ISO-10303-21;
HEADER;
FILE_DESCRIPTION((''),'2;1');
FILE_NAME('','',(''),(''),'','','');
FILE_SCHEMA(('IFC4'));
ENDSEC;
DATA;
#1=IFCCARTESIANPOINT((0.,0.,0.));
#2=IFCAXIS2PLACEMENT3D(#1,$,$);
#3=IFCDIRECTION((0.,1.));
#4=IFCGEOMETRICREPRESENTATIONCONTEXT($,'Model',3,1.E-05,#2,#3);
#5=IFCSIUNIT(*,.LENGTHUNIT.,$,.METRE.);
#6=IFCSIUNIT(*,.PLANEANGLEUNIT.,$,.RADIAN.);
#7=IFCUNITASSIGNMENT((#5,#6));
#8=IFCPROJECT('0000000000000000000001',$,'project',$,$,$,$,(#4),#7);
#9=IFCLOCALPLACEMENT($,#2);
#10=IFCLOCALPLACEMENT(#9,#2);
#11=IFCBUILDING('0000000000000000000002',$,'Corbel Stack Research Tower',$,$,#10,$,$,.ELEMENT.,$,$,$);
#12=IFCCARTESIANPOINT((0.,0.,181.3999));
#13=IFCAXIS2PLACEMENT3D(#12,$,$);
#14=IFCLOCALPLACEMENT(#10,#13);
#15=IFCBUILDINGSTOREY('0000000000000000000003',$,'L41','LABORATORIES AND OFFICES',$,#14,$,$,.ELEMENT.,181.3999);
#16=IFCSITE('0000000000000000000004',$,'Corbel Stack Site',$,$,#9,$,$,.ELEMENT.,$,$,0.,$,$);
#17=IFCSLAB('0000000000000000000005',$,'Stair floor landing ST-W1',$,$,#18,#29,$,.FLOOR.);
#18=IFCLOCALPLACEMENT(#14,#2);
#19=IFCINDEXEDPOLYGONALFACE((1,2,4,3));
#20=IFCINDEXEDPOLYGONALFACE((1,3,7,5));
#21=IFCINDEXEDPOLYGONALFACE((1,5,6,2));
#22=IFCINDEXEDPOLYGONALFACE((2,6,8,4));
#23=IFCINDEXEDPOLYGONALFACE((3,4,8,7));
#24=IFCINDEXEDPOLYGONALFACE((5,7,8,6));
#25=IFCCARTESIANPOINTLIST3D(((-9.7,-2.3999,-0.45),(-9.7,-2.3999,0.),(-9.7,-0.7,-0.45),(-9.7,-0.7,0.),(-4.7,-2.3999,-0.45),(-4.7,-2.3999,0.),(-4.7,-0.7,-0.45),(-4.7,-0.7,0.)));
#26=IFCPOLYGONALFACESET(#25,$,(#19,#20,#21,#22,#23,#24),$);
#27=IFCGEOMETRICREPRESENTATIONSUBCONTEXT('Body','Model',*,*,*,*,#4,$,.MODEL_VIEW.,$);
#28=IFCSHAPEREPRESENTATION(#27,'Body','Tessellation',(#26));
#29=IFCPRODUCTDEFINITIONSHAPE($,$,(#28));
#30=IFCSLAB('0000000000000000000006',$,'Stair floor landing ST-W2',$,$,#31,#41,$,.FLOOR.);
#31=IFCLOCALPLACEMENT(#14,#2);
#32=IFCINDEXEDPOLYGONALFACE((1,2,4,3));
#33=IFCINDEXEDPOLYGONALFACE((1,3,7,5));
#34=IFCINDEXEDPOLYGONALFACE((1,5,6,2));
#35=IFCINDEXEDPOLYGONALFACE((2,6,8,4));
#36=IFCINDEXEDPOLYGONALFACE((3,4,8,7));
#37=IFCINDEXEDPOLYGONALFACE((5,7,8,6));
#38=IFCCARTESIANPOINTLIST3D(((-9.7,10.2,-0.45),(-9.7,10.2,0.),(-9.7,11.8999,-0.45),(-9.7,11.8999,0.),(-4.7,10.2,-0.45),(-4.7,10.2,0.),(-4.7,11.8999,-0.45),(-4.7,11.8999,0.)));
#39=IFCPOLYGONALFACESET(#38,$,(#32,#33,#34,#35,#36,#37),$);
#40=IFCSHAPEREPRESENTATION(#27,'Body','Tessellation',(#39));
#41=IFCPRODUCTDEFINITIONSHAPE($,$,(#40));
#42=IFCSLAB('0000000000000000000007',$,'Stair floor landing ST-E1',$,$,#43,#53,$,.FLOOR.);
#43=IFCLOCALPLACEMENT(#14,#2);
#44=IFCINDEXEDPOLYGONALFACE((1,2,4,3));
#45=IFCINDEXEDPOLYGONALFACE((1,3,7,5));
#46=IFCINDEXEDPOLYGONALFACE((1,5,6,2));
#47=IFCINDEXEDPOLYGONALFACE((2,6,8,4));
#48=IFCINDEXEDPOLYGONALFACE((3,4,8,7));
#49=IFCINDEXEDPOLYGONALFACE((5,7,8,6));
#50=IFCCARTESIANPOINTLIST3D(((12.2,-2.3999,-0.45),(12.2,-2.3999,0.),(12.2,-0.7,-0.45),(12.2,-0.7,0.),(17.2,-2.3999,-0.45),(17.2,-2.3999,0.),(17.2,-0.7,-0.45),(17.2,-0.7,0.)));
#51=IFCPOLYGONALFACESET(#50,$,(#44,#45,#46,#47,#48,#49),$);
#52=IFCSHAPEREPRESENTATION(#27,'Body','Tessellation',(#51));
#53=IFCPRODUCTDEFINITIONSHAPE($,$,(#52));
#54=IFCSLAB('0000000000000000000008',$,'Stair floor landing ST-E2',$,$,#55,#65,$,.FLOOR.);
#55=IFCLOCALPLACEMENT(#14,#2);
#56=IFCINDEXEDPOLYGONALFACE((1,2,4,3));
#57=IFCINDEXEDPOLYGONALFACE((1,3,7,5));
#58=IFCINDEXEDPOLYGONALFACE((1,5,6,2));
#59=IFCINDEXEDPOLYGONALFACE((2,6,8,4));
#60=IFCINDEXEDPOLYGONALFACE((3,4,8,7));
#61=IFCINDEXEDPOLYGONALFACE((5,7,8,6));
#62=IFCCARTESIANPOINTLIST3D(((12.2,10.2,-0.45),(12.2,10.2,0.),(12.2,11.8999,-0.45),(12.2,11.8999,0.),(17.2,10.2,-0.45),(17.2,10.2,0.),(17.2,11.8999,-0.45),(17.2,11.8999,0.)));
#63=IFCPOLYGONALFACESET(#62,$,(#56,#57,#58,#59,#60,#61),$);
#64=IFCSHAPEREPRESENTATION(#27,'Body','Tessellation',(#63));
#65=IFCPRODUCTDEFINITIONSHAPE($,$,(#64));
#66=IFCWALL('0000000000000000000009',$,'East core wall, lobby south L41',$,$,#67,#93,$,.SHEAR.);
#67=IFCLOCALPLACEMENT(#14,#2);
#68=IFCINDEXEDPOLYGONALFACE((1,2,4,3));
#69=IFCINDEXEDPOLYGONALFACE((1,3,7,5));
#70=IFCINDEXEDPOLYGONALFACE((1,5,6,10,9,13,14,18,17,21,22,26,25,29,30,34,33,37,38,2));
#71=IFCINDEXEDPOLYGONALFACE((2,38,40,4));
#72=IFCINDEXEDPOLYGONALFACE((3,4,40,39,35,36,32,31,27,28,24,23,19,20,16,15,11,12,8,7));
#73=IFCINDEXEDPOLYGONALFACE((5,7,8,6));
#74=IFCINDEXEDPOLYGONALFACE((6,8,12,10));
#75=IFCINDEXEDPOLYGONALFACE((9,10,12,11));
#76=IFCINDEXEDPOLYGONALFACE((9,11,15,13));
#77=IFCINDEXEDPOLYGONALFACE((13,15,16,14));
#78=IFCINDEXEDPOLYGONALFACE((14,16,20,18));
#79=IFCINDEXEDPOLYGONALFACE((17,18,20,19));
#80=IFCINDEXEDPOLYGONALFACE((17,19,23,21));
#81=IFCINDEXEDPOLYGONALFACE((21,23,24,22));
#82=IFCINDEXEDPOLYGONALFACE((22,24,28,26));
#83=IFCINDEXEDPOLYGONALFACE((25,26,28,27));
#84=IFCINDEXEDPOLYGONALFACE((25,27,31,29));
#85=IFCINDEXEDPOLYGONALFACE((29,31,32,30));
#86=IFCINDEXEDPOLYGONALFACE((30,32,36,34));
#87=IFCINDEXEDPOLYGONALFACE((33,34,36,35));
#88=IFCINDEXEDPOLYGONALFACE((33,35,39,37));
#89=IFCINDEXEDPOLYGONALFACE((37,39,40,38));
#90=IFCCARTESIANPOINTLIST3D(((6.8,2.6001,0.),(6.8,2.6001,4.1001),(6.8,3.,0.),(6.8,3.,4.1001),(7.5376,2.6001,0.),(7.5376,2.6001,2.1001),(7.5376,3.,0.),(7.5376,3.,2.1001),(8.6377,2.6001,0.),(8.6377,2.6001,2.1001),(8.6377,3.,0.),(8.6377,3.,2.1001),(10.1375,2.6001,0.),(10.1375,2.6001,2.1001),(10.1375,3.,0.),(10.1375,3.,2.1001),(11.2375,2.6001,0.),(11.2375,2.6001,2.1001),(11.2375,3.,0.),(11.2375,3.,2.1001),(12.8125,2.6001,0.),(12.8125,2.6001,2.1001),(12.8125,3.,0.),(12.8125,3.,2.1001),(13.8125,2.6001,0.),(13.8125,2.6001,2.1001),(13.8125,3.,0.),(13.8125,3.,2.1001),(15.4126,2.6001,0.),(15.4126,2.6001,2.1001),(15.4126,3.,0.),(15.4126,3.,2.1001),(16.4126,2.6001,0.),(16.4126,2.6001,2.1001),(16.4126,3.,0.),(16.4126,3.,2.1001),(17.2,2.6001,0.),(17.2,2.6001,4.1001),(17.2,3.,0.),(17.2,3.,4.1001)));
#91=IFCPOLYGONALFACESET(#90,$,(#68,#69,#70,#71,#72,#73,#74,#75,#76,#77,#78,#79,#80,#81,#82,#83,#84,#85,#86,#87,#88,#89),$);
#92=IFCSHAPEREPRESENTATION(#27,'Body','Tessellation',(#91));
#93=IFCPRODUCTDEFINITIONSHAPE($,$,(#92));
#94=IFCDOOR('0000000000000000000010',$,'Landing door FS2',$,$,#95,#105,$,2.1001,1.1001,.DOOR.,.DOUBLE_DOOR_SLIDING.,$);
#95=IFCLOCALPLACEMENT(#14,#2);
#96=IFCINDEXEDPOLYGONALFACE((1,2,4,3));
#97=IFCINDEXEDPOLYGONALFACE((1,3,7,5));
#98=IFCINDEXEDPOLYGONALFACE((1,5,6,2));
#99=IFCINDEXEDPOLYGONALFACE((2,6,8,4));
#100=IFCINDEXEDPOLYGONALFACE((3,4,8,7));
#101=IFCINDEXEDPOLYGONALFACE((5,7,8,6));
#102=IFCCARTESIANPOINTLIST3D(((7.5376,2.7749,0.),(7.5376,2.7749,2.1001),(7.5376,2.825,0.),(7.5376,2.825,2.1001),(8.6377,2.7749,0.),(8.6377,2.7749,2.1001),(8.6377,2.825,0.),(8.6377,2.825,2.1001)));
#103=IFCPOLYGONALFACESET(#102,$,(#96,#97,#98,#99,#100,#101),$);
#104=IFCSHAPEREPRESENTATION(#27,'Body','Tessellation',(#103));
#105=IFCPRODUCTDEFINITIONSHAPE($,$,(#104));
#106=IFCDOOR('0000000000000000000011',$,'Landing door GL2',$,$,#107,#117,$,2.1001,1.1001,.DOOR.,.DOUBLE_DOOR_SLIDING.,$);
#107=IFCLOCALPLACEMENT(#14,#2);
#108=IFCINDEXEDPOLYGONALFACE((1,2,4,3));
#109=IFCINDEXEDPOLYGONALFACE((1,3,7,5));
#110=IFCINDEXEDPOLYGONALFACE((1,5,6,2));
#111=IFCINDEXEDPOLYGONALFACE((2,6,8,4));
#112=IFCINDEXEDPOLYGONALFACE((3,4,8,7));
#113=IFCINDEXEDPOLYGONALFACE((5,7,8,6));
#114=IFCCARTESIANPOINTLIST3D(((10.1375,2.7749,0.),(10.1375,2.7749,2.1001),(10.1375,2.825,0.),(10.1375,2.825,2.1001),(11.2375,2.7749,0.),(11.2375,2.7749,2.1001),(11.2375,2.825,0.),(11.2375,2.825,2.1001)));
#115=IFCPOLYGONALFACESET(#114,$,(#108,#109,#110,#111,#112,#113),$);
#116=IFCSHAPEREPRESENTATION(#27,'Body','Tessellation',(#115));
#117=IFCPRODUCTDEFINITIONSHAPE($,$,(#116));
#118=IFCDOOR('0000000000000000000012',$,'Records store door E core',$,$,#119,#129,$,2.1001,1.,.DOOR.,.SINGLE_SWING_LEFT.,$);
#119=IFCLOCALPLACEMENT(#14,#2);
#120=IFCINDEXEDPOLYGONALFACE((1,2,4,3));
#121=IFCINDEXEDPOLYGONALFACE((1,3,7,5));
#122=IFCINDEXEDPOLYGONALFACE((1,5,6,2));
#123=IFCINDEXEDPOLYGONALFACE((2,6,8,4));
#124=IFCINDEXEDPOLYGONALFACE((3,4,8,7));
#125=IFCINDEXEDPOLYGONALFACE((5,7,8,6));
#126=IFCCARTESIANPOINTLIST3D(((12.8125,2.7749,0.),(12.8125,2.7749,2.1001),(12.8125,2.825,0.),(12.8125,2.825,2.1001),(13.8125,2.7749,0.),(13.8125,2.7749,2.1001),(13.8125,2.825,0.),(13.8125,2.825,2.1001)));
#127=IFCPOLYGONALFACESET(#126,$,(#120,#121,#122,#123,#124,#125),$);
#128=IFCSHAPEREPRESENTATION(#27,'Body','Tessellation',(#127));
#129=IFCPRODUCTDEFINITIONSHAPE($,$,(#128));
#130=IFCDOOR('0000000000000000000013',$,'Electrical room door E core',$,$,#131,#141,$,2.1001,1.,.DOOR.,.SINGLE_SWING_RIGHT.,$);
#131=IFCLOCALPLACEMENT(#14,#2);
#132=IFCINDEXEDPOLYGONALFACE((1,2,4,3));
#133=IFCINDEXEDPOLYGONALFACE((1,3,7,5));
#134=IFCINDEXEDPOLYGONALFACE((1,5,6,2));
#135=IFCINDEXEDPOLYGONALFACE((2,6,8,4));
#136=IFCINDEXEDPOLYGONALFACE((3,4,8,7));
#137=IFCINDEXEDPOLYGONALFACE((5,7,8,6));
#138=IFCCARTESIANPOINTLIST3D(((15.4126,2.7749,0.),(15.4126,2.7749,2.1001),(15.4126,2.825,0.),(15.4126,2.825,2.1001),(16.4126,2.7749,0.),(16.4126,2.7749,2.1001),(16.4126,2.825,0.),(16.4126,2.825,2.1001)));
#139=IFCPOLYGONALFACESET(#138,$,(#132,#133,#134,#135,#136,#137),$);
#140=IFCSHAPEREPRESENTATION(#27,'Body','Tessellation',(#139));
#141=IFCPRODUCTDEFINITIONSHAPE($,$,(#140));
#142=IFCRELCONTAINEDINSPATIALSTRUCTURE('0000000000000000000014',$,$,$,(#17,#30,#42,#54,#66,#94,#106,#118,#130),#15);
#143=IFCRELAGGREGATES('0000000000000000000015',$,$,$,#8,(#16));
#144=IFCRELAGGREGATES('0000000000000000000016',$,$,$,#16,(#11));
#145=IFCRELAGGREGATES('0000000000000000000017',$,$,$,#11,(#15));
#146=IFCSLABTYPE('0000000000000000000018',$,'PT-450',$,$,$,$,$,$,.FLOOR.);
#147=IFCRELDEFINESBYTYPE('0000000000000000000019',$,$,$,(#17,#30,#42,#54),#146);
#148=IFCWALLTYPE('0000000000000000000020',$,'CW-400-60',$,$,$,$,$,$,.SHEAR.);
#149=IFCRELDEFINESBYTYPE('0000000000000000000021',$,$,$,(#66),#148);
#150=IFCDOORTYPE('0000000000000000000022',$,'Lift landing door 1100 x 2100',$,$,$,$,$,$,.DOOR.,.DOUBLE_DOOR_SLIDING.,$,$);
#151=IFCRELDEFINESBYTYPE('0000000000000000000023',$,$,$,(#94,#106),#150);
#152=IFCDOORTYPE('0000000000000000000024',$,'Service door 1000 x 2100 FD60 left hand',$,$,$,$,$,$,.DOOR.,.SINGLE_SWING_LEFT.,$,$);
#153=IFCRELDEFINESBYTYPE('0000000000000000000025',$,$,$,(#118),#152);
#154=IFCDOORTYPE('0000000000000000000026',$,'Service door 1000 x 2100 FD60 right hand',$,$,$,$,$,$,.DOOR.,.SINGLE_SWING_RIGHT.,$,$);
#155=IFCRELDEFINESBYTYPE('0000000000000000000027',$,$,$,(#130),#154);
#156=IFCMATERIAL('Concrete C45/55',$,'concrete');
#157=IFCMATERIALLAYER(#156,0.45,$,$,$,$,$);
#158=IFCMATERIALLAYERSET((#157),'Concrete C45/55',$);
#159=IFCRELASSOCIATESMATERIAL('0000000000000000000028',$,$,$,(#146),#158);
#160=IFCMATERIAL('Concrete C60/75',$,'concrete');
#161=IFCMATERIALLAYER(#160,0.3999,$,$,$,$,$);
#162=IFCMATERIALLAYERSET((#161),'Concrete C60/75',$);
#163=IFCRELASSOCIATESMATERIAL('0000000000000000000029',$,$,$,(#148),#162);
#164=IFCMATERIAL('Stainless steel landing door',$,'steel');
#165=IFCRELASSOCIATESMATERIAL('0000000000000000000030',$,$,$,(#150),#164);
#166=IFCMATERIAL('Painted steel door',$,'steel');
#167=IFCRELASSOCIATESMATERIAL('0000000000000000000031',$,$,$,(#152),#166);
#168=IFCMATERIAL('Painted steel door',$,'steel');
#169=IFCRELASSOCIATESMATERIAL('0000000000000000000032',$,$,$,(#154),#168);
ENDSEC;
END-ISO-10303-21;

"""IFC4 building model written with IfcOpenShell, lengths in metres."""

from ifc_helpers import new_model, si_unit, direction, frame, frame_2d, origin, place, context, subcontext, project, spatial, polyline, rectangle, outline, extrude, material, layer, layer_set, type_object, element, fill, save


model = new_model("IFC4")

# Units and contexts
model_context = context("Model", 3, precision=1e-05, world=origin(), true_north=direction((0.0, 1.0)))
body_context = subcontext(model_context, "Body", "Model", "MODEL_VIEW")
ifc_project = project(units=[si_unit("LENGTHUNIT", "METRE"), si_unit("PLANEANGLEUNIT", "RADIAN")], contexts=[model_context])

# Site, building, storey
site_placement = place(None, origin())
site = spatial("IfcSite", under=ifc_project, at=site_placement, Name="Corbel Stack Site", CompositionType="ELEMENT", RefElevation=0.0)
building_placement = place(site_placement, origin())
building = spatial("IfcBuilding", under=site, at=building_placement, Name="Corbel Stack Research Tower", CompositionType="ELEMENT")
storey_placement = place(building_placement, frame((0.0, 0.0, 181.3999)))
storey = spatial("IfcBuildingStorey", under=building, at=storey_placement, Name="L41", Description="LABORATORIES AND OFFICES", CompositionType="ELEMENT", Elevation=181.3999)

# Slabs
ifc_material_1 = material(Name="Concrete C45/55", Category="concrete")
ifc_layer_1 = layer(ifc_material_1, 0.45)
ifc_layer_set_1 = layer_set([ifc_layer_1], Name="Concrete C45/55")
slab_type = type_object("IfcSlabType", Name="PT-450", PredefinedType="FLOOR", material=ifc_layer_set_1)
slab_1_placement = place(storey_placement, frame((0.0, 0.0, -0.45)))
element("IfcSlab", 1, at=slab_1_placement, inside=storey, type_object=slab_type, Name="Stair floor landing ST-W1", PredefinedType="FLOOR", context=body_context, shape_type="SweptSolid", body=[
    extrude(outline(polyline([(-9.7, -2.3999), (-4.7, -2.3999), (-4.7, -0.7), (-9.7, -0.7), (-9.7, -2.3999)])), origin(), (0.0, 0.0, 1.0), 0.45),
])
slab_2_placement = place(storey_placement, frame((0.0, 0.0, -0.45)))
element("IfcSlab", 2, at=slab_2_placement, inside=storey, type_object=slab_type, Name="Stair floor landing ST-W2", PredefinedType="FLOOR", context=body_context, shape_type="SweptSolid", body=[
    extrude(outline(polyline([(-9.7, 10.2), (-4.7, 10.2), (-4.7, 11.8999), (-9.7, 11.8999), (-9.7, 10.2)])), origin(), (0.0, 0.0, 1.0), 0.45),
])
slab_3_placement = place(storey_placement, frame((0.0, 0.0, -0.45)))
element("IfcSlab", 3, at=slab_3_placement, inside=storey, type_object=slab_type, Name="Stair floor landing ST-E1", PredefinedType="FLOOR", context=body_context, shape_type="SweptSolid", body=[
    extrude(outline(polyline([(12.2, -2.3999), (17.2, -2.3999), (17.2, -0.7), (12.2, -0.7), (12.2, -2.3999)])), origin(), (0.0, 0.0, 1.0), 0.45),
])
slab_4_placement = place(storey_placement, frame((0.0, 0.0, -0.45)))
element("IfcSlab", 4, at=slab_4_placement, inside=storey, type_object=slab_type, Name="Stair floor landing ST-E2", PredefinedType="FLOOR", context=body_context, shape_type="SweptSolid", body=[
    extrude(outline(polyline([(12.2, 10.2), (17.2, 10.2), (17.2, 11.8999), (12.2, 11.8999), (12.2, 10.2)])), origin(), (0.0, 0.0, 1.0), 0.45),
])

# Wall, openings, doors
ifc_material_2 = material(Name="Concrete C60/75", Category="concrete")
ifc_layer_2 = layer(ifc_material_2, 0.3999)
ifc_layer_set_2 = layer_set([ifc_layer_2], Name="Concrete C60/75")
wall_type_1 = type_object("IfcWallType", Name="CW-400-60", PredefinedType="SHEAR", material=ifc_layer_set_2)
wall_1_placement = place(storey_placement, frame((6.8, 2.8, 0.0), z_axis=(0.0, 0.0, 1.0), x_axis=(1.0, 0.0, 0.0)))
wall_1 = element("IfcWall", 5, at=wall_1_placement, inside=storey, type_object=wall_type_1, Name="East core wall, lobby south L41", PredefinedType="SHEAR", context=body_context, shape_type="SweptSolid", body=[
    extrude(rectangle(XDim=10.3999, YDim=0.3999, at=frame_2d((5.2, 0.0))), origin(), (0.0, 0.0, 1.0), 4.1001),
])
opening_1_placement = place(wall_1_placement, frame((0.7375, 0.0, 0.0)))
opening_1 = element("IfcOpeningElement", 6, at=opening_1_placement, cuts=wall_1, PredefinedType="OPENING", context=body_context, shape_type="SweptSolid", body=[
    extrude(rectangle(XDim=1.1001, YDim=2.1001, at=frame_2d((0.55, 1.05))), frame((0.0, 0.21, 0.0), z_axis=(0.0, -1.0, 0.0), x_axis=(1.0, 0.0, 0.0)), (0.0, 0.0, 1.0), 0.4199),
])
opening_2_placement = place(wall_1_placement, frame((3.3374, 0.0, 0.0)))
opening_2 = element("IfcOpeningElement", 7, at=opening_2_placement, cuts=wall_1, PredefinedType="OPENING", context=body_context, shape_type="SweptSolid", body=[
    extrude(rectangle(XDim=1.1001, YDim=2.1001, at=frame_2d((0.55, 1.05))), frame((0.0, 0.21, 0.0), z_axis=(0.0, -1.0, 0.0), x_axis=(1.0, 0.0, 0.0)), (0.0, 0.0, 1.0), 0.4199),
])
opening_3_placement = place(wall_1_placement, frame((6.0125, 0.0, 0.0)))
opening_3 = element("IfcOpeningElement", 8, at=opening_3_placement, cuts=wall_1, PredefinedType="OPENING", context=body_context, shape_type="SweptSolid", body=[
    extrude(rectangle(XDim=1.0, YDim=2.1001, at=frame_2d((0.5, 1.05))), frame((0.0, 0.21, 0.0), z_axis=(0.0, -1.0, 0.0), x_axis=(1.0, 0.0, 0.0)), (0.0, 0.0, 1.0), 0.4199),
])
opening_4_placement = place(wall_1_placement, frame((8.6125, 0.0, 0.0)))
opening_4 = element("IfcOpeningElement", 9, at=opening_4_placement, cuts=wall_1, PredefinedType="OPENING", context=body_context, shape_type="SweptSolid", body=[
    extrude(rectangle(XDim=1.0, YDim=2.1001, at=frame_2d((0.5, 1.05))), frame((0.0, 0.21, 0.0), z_axis=(0.0, -1.0, 0.0), x_axis=(1.0, 0.0, 0.0)), (0.0, 0.0, 1.0), 0.4199),
])
ifc_material_3 = material(Name="Stainless steel landing door", Category="steel")
door_type_1 = type_object("IfcDoorType", Name="Lift landing door 1100 x 2100", OperationType="DOUBLE_DOOR_SLIDING", PredefinedType="DOOR", material=ifc_material_3)
door_1_placement = place(opening_1_placement, origin())
door_1 = element("IfcDoor", 10, at=door_1_placement, inside=storey, type_object=door_type_1, Name="Landing door FS2", OperationType="DOUBLE_DOOR_SLIDING", OverallHeight=2.1001, OverallWidth=1.1001, PredefinedType="DOOR", context=body_context, shape_type="SweptSolid", body=[
    extrude(rectangle(XDim=1.1001, YDim=2.1001, at=frame_2d((0.55, 1.05))), frame((0.0, 0.0249, 0.0), z_axis=(0.0, -1.0, 0.0), x_axis=(1.0, 0.0, 0.0)), (0.0, 0.0, 1.0), 0.05),
])
fill(opening_1, door_1)
door_2_placement = place(opening_2_placement, origin())
door_2 = element("IfcDoor", 11, at=door_2_placement, inside=storey, type_object=door_type_1, Name="Landing door GL2", OperationType="DOUBLE_DOOR_SLIDING", OverallHeight=2.1001, OverallWidth=1.1001, PredefinedType="DOOR", context=body_context, shape_type="SweptSolid", body=[
    extrude(rectangle(XDim=1.1001, YDim=2.1001, at=frame_2d((0.55, 1.05))), frame((0.0, 0.0249, 0.0), z_axis=(0.0, -1.0, 0.0), x_axis=(1.0, 0.0, 0.0)), (0.0, 0.0, 1.0), 0.05),
])
fill(opening_2, door_2)
ifc_material_4 = material(Name="Painted steel door", Category="steel")
door_type_2 = type_object("IfcDoorType", Name="Service door 1000 x 2100 FD60 left hand", OperationType="SINGLE_SWING_LEFT", PredefinedType="DOOR", material=ifc_material_4)
door_3_placement = place(opening_3_placement, origin())
door_3 = element("IfcDoor", 12, at=door_3_placement, inside=storey, type_object=door_type_2, Name="Records store door E core", OperationType="SINGLE_SWING_LEFT", OverallHeight=2.1001, OverallWidth=1.0, PredefinedType="DOOR", context=body_context, shape_type="SweptSolid", body=[
    extrude(rectangle(XDim=1.0, YDim=2.1001, at=frame_2d((0.5, 1.05))), frame((0.0, 0.0249, 0.0), z_axis=(0.0, -1.0, 0.0), x_axis=(1.0, 0.0, 0.0)), (0.0, 0.0, 1.0), 0.05),
])
fill(opening_3, door_3)
ifc_material_5 = material(Name="Painted steel door", Category="steel")
door_type_3 = type_object("IfcDoorType", Name="Service door 1000 x 2100 FD60 right hand", OperationType="SINGLE_SWING_RIGHT", PredefinedType="DOOR", material=ifc_material_5)
door_4_placement = place(opening_4_placement, origin())
door_4 = element("IfcDoor", 13, at=door_4_placement, inside=storey, type_object=door_type_3, Name="Electrical room door E core", OperationType="SINGLE_SWING_RIGHT", OverallHeight=2.1001, OverallWidth=1.0, PredefinedType="DOOR", context=body_context, shape_type="SweptSolid", body=[
    extrude(rectangle(XDim=1.0, YDim=2.1001, at=frame_2d((0.5, 1.05))), frame((0.0, 0.0249, 0.0), z_axis=(0.0, -1.0, 0.0), x_axis=(1.0, 0.0, 0.0)), (0.0, 0.0, 1.0), 0.05),
])
fill(opening_4, door_4)

save(model, "model.ifc")
